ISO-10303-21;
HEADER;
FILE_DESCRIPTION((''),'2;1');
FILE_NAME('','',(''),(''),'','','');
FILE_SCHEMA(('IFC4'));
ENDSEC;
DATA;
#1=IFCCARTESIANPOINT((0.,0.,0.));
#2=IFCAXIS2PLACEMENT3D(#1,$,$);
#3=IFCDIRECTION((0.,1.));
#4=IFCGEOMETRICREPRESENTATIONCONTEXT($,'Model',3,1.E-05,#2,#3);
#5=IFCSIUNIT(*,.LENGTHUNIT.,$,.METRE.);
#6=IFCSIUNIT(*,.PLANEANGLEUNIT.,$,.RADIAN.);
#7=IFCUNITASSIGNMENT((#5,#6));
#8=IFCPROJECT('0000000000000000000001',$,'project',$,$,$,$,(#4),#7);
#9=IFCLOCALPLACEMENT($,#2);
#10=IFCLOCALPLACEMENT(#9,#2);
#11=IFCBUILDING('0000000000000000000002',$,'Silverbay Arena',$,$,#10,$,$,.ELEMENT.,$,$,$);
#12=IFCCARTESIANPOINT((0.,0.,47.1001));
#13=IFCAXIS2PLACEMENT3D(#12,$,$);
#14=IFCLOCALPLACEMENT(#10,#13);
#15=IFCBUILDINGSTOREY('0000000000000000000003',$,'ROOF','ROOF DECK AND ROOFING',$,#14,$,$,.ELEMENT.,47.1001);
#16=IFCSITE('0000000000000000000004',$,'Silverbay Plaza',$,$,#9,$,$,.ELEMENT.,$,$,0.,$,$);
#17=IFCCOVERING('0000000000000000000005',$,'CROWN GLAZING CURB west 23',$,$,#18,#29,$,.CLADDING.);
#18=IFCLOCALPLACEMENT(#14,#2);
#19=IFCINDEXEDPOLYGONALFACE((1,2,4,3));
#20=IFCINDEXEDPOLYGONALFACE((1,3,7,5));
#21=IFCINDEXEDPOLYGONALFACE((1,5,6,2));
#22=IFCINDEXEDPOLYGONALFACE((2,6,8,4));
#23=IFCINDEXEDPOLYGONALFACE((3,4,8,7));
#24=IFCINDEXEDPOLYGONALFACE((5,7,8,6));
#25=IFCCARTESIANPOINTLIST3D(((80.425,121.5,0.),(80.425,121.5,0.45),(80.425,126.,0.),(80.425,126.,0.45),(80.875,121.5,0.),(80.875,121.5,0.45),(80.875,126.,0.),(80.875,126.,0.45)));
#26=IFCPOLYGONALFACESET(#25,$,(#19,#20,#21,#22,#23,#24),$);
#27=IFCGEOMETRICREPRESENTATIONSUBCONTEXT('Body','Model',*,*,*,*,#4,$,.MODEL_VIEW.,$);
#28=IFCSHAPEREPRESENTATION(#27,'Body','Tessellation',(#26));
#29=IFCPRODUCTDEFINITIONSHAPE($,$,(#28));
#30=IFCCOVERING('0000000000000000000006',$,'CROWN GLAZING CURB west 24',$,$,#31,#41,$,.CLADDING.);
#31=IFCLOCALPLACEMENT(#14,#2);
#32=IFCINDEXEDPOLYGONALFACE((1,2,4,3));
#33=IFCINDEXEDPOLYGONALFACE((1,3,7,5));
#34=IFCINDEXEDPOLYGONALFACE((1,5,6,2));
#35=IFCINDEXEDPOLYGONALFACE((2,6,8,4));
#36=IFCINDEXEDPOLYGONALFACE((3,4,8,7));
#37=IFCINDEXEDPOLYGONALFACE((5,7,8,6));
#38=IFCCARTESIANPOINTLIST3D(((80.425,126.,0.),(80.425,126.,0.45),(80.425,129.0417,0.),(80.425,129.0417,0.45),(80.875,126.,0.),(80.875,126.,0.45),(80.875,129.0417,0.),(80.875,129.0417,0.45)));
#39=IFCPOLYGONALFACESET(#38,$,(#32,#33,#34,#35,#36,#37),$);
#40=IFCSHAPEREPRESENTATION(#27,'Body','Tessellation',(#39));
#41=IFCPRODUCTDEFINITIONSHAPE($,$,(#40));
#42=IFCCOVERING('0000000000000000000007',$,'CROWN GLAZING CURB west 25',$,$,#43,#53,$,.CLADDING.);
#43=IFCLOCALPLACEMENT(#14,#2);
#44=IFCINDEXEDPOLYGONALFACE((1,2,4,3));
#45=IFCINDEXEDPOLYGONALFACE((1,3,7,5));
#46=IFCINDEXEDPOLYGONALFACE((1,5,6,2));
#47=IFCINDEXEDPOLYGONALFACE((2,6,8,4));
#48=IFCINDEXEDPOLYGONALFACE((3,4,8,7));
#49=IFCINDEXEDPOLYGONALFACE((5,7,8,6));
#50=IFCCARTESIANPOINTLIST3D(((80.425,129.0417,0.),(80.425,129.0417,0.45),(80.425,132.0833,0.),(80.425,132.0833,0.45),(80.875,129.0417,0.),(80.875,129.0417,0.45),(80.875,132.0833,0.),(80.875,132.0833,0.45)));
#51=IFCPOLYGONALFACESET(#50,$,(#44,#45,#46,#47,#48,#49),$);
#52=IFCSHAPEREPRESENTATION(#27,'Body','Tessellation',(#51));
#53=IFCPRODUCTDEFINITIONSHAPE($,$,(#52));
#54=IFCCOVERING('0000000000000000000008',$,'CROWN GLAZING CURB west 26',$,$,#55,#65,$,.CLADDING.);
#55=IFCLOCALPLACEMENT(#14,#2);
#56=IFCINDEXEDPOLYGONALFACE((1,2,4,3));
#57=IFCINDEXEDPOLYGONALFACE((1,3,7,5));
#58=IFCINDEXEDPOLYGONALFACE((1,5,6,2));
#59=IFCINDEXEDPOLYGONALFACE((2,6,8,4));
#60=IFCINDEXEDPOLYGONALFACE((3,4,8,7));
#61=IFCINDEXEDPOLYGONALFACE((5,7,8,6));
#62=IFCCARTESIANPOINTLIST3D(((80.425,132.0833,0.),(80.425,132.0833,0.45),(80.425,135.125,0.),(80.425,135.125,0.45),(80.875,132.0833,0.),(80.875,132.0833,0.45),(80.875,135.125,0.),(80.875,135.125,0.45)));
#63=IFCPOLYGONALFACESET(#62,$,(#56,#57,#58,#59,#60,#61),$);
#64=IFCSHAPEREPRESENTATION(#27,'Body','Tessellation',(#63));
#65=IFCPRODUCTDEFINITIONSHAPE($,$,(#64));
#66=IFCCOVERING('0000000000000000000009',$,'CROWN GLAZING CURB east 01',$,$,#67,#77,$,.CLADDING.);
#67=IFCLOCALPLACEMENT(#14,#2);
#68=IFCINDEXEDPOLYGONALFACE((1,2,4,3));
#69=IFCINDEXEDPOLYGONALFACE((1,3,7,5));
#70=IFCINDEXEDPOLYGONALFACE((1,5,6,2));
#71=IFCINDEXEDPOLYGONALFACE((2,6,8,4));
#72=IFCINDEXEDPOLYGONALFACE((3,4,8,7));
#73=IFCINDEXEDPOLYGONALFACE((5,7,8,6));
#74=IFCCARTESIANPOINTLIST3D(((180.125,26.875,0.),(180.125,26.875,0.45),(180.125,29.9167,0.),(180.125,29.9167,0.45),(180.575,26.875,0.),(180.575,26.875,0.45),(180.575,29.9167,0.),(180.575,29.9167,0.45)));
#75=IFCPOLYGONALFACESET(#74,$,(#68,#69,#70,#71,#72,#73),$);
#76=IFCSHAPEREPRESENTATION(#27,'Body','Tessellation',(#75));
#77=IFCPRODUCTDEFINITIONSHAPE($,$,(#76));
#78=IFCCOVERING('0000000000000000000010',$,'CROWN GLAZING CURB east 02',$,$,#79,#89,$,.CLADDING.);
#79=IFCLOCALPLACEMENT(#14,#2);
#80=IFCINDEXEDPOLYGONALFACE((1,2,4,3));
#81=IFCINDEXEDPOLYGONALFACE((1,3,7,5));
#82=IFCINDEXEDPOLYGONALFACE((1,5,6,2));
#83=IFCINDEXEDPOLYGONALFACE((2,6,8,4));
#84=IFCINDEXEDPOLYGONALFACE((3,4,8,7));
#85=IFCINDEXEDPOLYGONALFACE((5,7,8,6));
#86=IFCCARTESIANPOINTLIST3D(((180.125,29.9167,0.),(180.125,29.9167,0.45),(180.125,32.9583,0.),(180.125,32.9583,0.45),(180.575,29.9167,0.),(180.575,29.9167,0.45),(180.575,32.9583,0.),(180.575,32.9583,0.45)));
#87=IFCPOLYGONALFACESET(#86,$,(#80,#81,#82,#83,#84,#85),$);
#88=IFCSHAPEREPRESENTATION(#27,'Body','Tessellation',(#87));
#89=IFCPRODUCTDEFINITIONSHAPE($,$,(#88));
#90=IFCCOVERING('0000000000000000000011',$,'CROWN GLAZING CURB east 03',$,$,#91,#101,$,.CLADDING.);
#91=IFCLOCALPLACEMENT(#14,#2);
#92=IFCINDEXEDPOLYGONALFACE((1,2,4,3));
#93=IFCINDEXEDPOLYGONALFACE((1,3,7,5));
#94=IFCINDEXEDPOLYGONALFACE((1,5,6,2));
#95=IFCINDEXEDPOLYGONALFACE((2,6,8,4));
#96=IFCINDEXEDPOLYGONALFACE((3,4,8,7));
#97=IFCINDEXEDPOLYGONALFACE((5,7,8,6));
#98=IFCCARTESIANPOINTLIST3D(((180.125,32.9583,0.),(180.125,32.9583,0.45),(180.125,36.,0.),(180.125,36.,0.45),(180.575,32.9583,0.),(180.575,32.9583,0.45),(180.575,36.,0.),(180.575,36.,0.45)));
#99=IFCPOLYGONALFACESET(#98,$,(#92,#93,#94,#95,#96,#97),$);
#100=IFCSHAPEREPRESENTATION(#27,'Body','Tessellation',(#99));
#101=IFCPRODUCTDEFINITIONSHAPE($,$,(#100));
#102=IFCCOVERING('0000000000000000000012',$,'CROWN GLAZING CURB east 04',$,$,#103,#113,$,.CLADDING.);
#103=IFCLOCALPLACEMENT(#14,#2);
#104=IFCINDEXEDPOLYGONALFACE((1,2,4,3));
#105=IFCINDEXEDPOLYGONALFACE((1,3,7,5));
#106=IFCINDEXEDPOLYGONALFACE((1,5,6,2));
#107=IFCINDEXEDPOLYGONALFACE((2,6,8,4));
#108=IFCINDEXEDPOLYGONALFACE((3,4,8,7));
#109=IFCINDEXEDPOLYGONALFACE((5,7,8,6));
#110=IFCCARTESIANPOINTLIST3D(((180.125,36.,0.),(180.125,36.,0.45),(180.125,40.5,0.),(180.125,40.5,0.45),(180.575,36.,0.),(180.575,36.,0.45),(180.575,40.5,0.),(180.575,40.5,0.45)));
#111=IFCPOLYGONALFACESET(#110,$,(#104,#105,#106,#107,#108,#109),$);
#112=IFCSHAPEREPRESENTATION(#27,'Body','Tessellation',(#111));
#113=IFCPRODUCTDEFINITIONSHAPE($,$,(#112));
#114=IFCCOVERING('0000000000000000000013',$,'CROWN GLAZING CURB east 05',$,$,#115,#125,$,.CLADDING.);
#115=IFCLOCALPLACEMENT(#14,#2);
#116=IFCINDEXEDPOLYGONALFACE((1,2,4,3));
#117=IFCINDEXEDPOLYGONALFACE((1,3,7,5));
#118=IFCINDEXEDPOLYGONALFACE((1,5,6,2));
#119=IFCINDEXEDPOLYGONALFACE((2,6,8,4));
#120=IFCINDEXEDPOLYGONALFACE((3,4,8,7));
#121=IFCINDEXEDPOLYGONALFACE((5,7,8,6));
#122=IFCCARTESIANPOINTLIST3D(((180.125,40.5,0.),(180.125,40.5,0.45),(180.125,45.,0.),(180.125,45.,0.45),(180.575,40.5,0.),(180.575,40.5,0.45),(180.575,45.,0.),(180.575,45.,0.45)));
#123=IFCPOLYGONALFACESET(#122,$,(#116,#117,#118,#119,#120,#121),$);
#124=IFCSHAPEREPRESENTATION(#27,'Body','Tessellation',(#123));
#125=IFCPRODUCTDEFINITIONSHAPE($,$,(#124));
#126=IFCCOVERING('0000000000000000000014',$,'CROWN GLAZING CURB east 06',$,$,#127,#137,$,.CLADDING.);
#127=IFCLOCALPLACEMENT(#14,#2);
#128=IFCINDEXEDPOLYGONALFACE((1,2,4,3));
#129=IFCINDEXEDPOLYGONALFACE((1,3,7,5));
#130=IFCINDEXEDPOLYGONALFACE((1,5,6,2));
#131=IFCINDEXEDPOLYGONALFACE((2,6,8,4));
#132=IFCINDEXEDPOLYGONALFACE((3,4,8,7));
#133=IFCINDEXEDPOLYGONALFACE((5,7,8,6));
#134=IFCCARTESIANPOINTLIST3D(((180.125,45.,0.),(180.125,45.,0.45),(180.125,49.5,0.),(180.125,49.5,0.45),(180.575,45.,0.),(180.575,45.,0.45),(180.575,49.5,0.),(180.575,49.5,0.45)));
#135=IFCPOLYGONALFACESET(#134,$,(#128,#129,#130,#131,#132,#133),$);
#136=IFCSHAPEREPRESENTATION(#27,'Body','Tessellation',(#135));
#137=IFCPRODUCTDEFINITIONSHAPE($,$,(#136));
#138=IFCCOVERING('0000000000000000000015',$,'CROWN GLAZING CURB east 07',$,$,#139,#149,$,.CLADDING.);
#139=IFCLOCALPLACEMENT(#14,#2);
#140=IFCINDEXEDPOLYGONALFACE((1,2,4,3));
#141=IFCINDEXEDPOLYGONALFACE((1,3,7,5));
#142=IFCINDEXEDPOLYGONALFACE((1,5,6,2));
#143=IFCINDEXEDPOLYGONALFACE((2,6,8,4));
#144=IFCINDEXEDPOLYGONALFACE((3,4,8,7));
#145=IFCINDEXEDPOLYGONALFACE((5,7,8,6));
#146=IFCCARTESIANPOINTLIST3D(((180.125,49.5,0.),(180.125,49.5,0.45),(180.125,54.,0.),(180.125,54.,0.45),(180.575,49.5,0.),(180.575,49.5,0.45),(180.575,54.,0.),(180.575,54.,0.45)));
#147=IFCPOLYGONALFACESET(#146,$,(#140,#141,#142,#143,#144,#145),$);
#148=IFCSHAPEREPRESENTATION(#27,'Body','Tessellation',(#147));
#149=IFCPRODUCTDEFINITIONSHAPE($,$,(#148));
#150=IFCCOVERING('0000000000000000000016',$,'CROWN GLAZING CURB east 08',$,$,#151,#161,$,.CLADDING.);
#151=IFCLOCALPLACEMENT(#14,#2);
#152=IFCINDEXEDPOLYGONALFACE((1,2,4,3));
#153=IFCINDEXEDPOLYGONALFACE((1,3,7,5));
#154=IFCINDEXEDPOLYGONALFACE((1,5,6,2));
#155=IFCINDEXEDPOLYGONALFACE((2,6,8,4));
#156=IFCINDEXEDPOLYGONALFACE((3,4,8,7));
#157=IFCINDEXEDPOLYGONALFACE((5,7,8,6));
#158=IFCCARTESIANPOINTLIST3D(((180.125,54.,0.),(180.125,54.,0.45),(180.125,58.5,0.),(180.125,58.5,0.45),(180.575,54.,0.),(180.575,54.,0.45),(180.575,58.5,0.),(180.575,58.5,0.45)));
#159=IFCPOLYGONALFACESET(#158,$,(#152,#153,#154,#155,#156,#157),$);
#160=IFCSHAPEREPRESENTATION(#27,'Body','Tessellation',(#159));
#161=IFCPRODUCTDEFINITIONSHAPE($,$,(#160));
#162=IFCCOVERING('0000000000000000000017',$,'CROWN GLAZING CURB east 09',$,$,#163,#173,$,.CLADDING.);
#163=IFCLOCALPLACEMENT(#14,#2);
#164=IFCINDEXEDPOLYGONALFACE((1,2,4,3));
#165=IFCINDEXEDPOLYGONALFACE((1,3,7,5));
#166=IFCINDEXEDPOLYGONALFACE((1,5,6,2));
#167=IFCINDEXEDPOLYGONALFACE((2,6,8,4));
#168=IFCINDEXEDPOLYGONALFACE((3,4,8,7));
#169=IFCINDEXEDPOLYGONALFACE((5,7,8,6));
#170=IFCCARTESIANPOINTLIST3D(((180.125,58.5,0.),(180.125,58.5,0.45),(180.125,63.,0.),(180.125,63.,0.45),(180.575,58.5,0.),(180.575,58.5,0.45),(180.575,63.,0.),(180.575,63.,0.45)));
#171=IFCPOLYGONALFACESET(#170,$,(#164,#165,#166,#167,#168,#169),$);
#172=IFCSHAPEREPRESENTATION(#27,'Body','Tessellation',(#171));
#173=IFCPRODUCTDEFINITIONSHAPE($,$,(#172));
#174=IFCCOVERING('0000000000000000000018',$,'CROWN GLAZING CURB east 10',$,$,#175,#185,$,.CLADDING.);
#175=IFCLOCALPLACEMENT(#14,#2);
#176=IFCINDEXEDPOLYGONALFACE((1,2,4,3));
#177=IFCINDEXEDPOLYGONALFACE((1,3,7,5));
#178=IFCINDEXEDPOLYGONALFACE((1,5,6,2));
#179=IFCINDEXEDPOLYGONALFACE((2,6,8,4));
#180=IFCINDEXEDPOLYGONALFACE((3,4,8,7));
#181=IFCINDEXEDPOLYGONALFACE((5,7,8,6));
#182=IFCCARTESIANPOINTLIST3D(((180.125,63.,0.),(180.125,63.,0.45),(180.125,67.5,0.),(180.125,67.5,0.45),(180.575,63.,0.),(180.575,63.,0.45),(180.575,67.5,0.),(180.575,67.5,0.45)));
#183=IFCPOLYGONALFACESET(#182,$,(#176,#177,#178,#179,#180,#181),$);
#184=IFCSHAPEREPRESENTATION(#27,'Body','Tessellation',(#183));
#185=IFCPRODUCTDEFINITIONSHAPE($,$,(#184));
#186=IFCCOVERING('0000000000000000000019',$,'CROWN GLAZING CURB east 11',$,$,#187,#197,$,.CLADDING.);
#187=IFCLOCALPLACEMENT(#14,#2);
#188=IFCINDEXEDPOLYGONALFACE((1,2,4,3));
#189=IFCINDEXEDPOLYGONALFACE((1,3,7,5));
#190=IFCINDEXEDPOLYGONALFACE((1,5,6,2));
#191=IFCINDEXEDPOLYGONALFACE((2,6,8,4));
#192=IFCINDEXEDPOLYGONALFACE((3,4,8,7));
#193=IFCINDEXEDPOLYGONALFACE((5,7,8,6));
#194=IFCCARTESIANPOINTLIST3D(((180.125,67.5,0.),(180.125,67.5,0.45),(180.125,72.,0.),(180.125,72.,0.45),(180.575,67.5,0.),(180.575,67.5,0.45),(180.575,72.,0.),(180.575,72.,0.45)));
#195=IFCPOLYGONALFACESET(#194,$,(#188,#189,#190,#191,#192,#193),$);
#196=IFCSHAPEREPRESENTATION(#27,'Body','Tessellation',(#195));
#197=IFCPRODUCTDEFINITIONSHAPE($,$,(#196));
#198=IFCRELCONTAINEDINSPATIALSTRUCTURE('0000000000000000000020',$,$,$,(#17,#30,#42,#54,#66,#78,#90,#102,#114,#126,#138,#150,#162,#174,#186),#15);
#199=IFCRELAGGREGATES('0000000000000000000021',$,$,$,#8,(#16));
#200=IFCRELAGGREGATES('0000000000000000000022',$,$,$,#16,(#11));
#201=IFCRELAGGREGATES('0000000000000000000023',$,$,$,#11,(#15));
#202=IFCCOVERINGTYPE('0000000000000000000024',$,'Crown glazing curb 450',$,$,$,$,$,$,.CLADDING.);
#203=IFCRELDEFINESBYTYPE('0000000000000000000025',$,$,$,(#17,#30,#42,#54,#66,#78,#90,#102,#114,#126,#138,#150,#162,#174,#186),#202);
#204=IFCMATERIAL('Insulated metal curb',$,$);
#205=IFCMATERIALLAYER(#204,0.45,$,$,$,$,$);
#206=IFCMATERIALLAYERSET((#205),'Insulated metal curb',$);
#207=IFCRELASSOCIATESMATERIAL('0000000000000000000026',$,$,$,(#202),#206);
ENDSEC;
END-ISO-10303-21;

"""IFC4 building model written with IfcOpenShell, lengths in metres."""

from ifc_helpers import new_model, si_unit, direction, frame, origin, place, context, subcontext, project, spatial, polyline, outline, extrude, material, layer, layer_set, type_object, element, save


model = new_model("IFC4")

# Units and contexts
model_context = context("Model", 3, precision=1e-05, world=origin(), true_north=direction((0.0, 1.0)))
body_context = subcontext(model_context, "Body", "Model", "MODEL_VIEW")
ifc_project = project(units=[si_unit("LENGTHUNIT", "METRE"), si_unit("PLANEANGLEUNIT", "RADIAN")], contexts=[model_context])

# Site, building, storey
site_placement = place(None, origin())
site = spatial("IfcSite", under=ifc_project, at=site_placement, Name="Silverbay Plaza", CompositionType="ELEMENT", RefElevation=0.0)
building_placement = place(site_placement, origin())
building = spatial("IfcBuilding", under=site, at=building_placement, Name="Silverbay Arena", CompositionType="ELEMENT")
storey_placement = place(building_placement, frame((0.0, 0.0, 47.1001)))
storey = spatial("IfcBuildingStorey", under=building, at=storey_placement, Name="ROOF", Description="ROOF DECK AND ROOFING", CompositionType="ELEMENT", Elevation=47.1001)

# Coverings
ifc_material = material(Name="Insulated metal curb")
ifc_layer = layer(ifc_material, 0.45)
ifc_layer_set = layer_set([ifc_layer], Name="Insulated metal curb")
covering_type = type_object("IfcCoveringType", Name="Crown glazing curb 450", PredefinedType="CLADDING", material=ifc_layer_set)
covering_1_placement = place(storey_placement, origin())
element("IfcCovering", 1, at=covering_1_placement, inside=storey, type_object=covering_type, Name="CROWN GLAZING CURB west 23", PredefinedType="CLADDING", context=body_context, shape_type="SweptSolid", body=[
    extrude(outline(polyline([(80.425, 121.5), (80.875, 121.5), (80.875, 126.0), (80.425, 126.0), (80.425, 121.5)])), origin(), (0.0, 0.0, 1.0), 0.45),
])
covering_2_placement = place(storey_placement, origin())
element("IfcCovering", 2, at=covering_2_placement, inside=storey, type_object=covering_type, Name="CROWN GLAZING CURB west 24", PredefinedType="CLADDING", context=body_context, shape_type="SweptSolid", body=[
    extrude(outline(polyline([(80.425, 126.0), (80.875, 126.0), (80.875, 129.0417), (80.425, 129.0417), (80.425, 126.0)])), origin(), (0.0, 0.0, 1.0), 0.45),
])
covering_3_placement = place(storey_placement, origin())
element("IfcCovering", 3, at=covering_3_placement, inside=storey, type_object=covering_type, Name="CROWN GLAZING CURB west 25", PredefinedType="CLADDING", context=body_context, shape_type="SweptSolid", body=[
    extrude(outline(polyline([(80.425, 129.0417), (80.875, 129.0417), (80.875, 132.0833), (80.425, 132.0833), (80.425, 129.0417)])), origin(), (0.0, 0.0, 1.0), 0.45),
])
covering_4_placement = place(storey_placement, origin())
element("IfcCovering", 4, at=covering_4_placement, inside=storey, type_object=covering_type, Name="CROWN GLAZING CURB west 26", PredefinedType="CLADDING", context=body_context, shape_type="SweptSolid", body=[
    extrude(outline(polyline([(80.425, 132.0833), (80.875, 132.0833), (80.875, 135.125), (80.425, 135.125), (80.425, 132.0833)])), origin(), (0.0, 0.0, 1.0), 0.45),
])
covering_5_placement = place(storey_placement, origin())
element("IfcCovering", 5, at=covering_5_placement, inside=storey, type_object=covering_type, Name="CROWN GLAZING CURB east 01", PredefinedType="CLADDING", context=body_context, shape_type="SweptSolid", body=[
    extrude(outline(polyline([(180.125, 26.875), (180.575, 26.875), (180.575, 29.9167), (180.125, 29.9167), (180.125, 26.875)])), origin(), (0.0, 0.0, 1.0), 0.45),
])
covering_6_placement = place(storey_placement, origin())
element("IfcCovering", 6, at=covering_6_placement, inside=storey, type_object=covering_type, Name="CROWN GLAZING CURB east 02", PredefinedType="CLADDING", context=body_context, shape_type="SweptSolid", body=[
    extrude(outline(polyline([(180.125, 29.9167), (180.575, 29.9167), (180.575, 32.9583), (180.125, 32.9583), (180.125, 29.9167)])), origin(), (0.0, 0.0, 1.0), 0.45),
])
covering_7_placement = place(storey_placement, origin())
element("IfcCovering", 7, at=covering_7_placement, inside=storey, type_object=covering_type, Name="CROWN GLAZING CURB east 03", PredefinedType="CLADDING", context=body_context, shape_type="SweptSolid", body=[
    extrude(outline(polyline([(180.125, 32.9583), (180.575, 32.9583), (180.575, 36.0), (180.125, 36.0), (180.125, 32.9583)])), origin(), (0.0, 0.0, 1.0), 0.45),
])
covering_8_placement = place(storey_placement, origin())
element("IfcCovering", 8, at=covering_8_placement, inside=storey, type_object=covering_type, Name="CROWN GLAZING CURB east 04", PredefinedType="CLADDING", context=body_context, shape_type="SweptSolid", body=[
    extrude(outline(polyline([(180.125, 36.0), (180.575, 36.0), (180.575, 40.5), (180.125, 40.5), (180.125, 36.0)])), origin(), (0.0, 0.0, 1.0), 0.45),
])
covering_9_placement = place(storey_placement, origin())
element("IfcCovering", 9, at=covering_9_placement, inside=storey, type_object=covering_type, Name="CROWN GLAZING CURB east 05", PredefinedType="CLADDING", context=body_context, shape_type="SweptSolid", body=[
    extrude(outline(polyline([(180.125, 40.5), (180.575, 40.5), (180.575, 45.0), (180.125, 45.0), (180.125, 40.5)])), origin(), (0.0, 0.0, 1.0), 0.45),
])
covering_10_placement = place(storey_placement, origin())
element("IfcCovering", 10, at=covering_10_placement, inside=storey, type_object=covering_type, Name="CROWN GLAZING CURB east 06", PredefinedType="CLADDING", context=body_context, shape_type="SweptSolid", body=[
    extrude(outline(polyline([(180.125, 45.0), (180.575, 45.0), (180.575, 49.5), (180.125, 49.5), (180.125, 45.0)])), origin(), (0.0, 0.0, 1.0), 0.45),
])
covering_11_placement = place(storey_placement, origin())
element("IfcCovering", 11, at=covering_11_placement, inside=storey, type_object=covering_type, Name="CROWN GLAZING CURB east 07", PredefinedType="CLADDING", context=body_context, shape_type="SweptSolid", body=[
    extrude(outline(polyline([(180.125, 49.5), (180.575, 49.5), (180.575, 54.0), (180.125, 54.0), (180.125, 49.5)])), origin(), (0.0, 0.0, 1.0), 0.45),
])
covering_12_placement = place(storey_placement, origin())
element("IfcCovering", 12, at=covering_12_placement, inside=storey, type_object=covering_type, Name="CROWN GLAZING CURB east 08", PredefinedType="CLADDING", context=body_context, shape_type="SweptSolid", body=[
    extrude(outline(polyline([(180.125, 54.0), (180.575, 54.0), (180.575, 58.5), (180.125, 58.5), (180.125, 54.0)])), origin(), (0.0, 0.0, 1.0), 0.45),
])
covering_13_placement = place(storey_placement, origin())
element("IfcCovering", 13, at=covering_13_placement, inside=storey, type_object=covering_type, Name="CROWN GLAZING CURB east 09", PredefinedType="CLADDING", context=body_context, shape_type="SweptSolid", body=[
    extrude(outline(polyline([(180.125, 58.5), (180.575, 58.5), (180.575, 63.0), (180.125, 63.0), (180.125, 58.5)])), origin(), (0.0, 0.0, 1.0), 0.45),
])
covering_14_placement = place(storey_placement, origin())
element("IfcCovering", 14, at=covering_14_placement, inside=storey, type_object=covering_type, Name="CROWN GLAZING CURB east 10", PredefinedType="CLADDING", context=body_context, shape_type="SweptSolid", body=[
    extrude(outline(polyline([(180.125, 63.0), (180.575, 63.0), (180.575, 67.5), (180.125, 67.5), (180.125, 63.0)])), origin(), (0.0, 0.0, 1.0), 0.45),
])
covering_15_placement = place(storey_placement, origin())
element("IfcCovering", 15, at=covering_15_placement, inside=storey, type_object=covering_type, Name="CROWN GLAZING CURB east 11", PredefinedType="CLADDING", context=body_context, shape_type="SweptSolid", body=[
    extrude(outline(polyline([(180.125, 67.5), (180.575, 67.5), (180.575, 72.0), (180.125, 72.0), (180.125, 67.5)])), origin(), (0.0, 0.0, 1.0), 0.45),
])

save(model, "model.ifc")
